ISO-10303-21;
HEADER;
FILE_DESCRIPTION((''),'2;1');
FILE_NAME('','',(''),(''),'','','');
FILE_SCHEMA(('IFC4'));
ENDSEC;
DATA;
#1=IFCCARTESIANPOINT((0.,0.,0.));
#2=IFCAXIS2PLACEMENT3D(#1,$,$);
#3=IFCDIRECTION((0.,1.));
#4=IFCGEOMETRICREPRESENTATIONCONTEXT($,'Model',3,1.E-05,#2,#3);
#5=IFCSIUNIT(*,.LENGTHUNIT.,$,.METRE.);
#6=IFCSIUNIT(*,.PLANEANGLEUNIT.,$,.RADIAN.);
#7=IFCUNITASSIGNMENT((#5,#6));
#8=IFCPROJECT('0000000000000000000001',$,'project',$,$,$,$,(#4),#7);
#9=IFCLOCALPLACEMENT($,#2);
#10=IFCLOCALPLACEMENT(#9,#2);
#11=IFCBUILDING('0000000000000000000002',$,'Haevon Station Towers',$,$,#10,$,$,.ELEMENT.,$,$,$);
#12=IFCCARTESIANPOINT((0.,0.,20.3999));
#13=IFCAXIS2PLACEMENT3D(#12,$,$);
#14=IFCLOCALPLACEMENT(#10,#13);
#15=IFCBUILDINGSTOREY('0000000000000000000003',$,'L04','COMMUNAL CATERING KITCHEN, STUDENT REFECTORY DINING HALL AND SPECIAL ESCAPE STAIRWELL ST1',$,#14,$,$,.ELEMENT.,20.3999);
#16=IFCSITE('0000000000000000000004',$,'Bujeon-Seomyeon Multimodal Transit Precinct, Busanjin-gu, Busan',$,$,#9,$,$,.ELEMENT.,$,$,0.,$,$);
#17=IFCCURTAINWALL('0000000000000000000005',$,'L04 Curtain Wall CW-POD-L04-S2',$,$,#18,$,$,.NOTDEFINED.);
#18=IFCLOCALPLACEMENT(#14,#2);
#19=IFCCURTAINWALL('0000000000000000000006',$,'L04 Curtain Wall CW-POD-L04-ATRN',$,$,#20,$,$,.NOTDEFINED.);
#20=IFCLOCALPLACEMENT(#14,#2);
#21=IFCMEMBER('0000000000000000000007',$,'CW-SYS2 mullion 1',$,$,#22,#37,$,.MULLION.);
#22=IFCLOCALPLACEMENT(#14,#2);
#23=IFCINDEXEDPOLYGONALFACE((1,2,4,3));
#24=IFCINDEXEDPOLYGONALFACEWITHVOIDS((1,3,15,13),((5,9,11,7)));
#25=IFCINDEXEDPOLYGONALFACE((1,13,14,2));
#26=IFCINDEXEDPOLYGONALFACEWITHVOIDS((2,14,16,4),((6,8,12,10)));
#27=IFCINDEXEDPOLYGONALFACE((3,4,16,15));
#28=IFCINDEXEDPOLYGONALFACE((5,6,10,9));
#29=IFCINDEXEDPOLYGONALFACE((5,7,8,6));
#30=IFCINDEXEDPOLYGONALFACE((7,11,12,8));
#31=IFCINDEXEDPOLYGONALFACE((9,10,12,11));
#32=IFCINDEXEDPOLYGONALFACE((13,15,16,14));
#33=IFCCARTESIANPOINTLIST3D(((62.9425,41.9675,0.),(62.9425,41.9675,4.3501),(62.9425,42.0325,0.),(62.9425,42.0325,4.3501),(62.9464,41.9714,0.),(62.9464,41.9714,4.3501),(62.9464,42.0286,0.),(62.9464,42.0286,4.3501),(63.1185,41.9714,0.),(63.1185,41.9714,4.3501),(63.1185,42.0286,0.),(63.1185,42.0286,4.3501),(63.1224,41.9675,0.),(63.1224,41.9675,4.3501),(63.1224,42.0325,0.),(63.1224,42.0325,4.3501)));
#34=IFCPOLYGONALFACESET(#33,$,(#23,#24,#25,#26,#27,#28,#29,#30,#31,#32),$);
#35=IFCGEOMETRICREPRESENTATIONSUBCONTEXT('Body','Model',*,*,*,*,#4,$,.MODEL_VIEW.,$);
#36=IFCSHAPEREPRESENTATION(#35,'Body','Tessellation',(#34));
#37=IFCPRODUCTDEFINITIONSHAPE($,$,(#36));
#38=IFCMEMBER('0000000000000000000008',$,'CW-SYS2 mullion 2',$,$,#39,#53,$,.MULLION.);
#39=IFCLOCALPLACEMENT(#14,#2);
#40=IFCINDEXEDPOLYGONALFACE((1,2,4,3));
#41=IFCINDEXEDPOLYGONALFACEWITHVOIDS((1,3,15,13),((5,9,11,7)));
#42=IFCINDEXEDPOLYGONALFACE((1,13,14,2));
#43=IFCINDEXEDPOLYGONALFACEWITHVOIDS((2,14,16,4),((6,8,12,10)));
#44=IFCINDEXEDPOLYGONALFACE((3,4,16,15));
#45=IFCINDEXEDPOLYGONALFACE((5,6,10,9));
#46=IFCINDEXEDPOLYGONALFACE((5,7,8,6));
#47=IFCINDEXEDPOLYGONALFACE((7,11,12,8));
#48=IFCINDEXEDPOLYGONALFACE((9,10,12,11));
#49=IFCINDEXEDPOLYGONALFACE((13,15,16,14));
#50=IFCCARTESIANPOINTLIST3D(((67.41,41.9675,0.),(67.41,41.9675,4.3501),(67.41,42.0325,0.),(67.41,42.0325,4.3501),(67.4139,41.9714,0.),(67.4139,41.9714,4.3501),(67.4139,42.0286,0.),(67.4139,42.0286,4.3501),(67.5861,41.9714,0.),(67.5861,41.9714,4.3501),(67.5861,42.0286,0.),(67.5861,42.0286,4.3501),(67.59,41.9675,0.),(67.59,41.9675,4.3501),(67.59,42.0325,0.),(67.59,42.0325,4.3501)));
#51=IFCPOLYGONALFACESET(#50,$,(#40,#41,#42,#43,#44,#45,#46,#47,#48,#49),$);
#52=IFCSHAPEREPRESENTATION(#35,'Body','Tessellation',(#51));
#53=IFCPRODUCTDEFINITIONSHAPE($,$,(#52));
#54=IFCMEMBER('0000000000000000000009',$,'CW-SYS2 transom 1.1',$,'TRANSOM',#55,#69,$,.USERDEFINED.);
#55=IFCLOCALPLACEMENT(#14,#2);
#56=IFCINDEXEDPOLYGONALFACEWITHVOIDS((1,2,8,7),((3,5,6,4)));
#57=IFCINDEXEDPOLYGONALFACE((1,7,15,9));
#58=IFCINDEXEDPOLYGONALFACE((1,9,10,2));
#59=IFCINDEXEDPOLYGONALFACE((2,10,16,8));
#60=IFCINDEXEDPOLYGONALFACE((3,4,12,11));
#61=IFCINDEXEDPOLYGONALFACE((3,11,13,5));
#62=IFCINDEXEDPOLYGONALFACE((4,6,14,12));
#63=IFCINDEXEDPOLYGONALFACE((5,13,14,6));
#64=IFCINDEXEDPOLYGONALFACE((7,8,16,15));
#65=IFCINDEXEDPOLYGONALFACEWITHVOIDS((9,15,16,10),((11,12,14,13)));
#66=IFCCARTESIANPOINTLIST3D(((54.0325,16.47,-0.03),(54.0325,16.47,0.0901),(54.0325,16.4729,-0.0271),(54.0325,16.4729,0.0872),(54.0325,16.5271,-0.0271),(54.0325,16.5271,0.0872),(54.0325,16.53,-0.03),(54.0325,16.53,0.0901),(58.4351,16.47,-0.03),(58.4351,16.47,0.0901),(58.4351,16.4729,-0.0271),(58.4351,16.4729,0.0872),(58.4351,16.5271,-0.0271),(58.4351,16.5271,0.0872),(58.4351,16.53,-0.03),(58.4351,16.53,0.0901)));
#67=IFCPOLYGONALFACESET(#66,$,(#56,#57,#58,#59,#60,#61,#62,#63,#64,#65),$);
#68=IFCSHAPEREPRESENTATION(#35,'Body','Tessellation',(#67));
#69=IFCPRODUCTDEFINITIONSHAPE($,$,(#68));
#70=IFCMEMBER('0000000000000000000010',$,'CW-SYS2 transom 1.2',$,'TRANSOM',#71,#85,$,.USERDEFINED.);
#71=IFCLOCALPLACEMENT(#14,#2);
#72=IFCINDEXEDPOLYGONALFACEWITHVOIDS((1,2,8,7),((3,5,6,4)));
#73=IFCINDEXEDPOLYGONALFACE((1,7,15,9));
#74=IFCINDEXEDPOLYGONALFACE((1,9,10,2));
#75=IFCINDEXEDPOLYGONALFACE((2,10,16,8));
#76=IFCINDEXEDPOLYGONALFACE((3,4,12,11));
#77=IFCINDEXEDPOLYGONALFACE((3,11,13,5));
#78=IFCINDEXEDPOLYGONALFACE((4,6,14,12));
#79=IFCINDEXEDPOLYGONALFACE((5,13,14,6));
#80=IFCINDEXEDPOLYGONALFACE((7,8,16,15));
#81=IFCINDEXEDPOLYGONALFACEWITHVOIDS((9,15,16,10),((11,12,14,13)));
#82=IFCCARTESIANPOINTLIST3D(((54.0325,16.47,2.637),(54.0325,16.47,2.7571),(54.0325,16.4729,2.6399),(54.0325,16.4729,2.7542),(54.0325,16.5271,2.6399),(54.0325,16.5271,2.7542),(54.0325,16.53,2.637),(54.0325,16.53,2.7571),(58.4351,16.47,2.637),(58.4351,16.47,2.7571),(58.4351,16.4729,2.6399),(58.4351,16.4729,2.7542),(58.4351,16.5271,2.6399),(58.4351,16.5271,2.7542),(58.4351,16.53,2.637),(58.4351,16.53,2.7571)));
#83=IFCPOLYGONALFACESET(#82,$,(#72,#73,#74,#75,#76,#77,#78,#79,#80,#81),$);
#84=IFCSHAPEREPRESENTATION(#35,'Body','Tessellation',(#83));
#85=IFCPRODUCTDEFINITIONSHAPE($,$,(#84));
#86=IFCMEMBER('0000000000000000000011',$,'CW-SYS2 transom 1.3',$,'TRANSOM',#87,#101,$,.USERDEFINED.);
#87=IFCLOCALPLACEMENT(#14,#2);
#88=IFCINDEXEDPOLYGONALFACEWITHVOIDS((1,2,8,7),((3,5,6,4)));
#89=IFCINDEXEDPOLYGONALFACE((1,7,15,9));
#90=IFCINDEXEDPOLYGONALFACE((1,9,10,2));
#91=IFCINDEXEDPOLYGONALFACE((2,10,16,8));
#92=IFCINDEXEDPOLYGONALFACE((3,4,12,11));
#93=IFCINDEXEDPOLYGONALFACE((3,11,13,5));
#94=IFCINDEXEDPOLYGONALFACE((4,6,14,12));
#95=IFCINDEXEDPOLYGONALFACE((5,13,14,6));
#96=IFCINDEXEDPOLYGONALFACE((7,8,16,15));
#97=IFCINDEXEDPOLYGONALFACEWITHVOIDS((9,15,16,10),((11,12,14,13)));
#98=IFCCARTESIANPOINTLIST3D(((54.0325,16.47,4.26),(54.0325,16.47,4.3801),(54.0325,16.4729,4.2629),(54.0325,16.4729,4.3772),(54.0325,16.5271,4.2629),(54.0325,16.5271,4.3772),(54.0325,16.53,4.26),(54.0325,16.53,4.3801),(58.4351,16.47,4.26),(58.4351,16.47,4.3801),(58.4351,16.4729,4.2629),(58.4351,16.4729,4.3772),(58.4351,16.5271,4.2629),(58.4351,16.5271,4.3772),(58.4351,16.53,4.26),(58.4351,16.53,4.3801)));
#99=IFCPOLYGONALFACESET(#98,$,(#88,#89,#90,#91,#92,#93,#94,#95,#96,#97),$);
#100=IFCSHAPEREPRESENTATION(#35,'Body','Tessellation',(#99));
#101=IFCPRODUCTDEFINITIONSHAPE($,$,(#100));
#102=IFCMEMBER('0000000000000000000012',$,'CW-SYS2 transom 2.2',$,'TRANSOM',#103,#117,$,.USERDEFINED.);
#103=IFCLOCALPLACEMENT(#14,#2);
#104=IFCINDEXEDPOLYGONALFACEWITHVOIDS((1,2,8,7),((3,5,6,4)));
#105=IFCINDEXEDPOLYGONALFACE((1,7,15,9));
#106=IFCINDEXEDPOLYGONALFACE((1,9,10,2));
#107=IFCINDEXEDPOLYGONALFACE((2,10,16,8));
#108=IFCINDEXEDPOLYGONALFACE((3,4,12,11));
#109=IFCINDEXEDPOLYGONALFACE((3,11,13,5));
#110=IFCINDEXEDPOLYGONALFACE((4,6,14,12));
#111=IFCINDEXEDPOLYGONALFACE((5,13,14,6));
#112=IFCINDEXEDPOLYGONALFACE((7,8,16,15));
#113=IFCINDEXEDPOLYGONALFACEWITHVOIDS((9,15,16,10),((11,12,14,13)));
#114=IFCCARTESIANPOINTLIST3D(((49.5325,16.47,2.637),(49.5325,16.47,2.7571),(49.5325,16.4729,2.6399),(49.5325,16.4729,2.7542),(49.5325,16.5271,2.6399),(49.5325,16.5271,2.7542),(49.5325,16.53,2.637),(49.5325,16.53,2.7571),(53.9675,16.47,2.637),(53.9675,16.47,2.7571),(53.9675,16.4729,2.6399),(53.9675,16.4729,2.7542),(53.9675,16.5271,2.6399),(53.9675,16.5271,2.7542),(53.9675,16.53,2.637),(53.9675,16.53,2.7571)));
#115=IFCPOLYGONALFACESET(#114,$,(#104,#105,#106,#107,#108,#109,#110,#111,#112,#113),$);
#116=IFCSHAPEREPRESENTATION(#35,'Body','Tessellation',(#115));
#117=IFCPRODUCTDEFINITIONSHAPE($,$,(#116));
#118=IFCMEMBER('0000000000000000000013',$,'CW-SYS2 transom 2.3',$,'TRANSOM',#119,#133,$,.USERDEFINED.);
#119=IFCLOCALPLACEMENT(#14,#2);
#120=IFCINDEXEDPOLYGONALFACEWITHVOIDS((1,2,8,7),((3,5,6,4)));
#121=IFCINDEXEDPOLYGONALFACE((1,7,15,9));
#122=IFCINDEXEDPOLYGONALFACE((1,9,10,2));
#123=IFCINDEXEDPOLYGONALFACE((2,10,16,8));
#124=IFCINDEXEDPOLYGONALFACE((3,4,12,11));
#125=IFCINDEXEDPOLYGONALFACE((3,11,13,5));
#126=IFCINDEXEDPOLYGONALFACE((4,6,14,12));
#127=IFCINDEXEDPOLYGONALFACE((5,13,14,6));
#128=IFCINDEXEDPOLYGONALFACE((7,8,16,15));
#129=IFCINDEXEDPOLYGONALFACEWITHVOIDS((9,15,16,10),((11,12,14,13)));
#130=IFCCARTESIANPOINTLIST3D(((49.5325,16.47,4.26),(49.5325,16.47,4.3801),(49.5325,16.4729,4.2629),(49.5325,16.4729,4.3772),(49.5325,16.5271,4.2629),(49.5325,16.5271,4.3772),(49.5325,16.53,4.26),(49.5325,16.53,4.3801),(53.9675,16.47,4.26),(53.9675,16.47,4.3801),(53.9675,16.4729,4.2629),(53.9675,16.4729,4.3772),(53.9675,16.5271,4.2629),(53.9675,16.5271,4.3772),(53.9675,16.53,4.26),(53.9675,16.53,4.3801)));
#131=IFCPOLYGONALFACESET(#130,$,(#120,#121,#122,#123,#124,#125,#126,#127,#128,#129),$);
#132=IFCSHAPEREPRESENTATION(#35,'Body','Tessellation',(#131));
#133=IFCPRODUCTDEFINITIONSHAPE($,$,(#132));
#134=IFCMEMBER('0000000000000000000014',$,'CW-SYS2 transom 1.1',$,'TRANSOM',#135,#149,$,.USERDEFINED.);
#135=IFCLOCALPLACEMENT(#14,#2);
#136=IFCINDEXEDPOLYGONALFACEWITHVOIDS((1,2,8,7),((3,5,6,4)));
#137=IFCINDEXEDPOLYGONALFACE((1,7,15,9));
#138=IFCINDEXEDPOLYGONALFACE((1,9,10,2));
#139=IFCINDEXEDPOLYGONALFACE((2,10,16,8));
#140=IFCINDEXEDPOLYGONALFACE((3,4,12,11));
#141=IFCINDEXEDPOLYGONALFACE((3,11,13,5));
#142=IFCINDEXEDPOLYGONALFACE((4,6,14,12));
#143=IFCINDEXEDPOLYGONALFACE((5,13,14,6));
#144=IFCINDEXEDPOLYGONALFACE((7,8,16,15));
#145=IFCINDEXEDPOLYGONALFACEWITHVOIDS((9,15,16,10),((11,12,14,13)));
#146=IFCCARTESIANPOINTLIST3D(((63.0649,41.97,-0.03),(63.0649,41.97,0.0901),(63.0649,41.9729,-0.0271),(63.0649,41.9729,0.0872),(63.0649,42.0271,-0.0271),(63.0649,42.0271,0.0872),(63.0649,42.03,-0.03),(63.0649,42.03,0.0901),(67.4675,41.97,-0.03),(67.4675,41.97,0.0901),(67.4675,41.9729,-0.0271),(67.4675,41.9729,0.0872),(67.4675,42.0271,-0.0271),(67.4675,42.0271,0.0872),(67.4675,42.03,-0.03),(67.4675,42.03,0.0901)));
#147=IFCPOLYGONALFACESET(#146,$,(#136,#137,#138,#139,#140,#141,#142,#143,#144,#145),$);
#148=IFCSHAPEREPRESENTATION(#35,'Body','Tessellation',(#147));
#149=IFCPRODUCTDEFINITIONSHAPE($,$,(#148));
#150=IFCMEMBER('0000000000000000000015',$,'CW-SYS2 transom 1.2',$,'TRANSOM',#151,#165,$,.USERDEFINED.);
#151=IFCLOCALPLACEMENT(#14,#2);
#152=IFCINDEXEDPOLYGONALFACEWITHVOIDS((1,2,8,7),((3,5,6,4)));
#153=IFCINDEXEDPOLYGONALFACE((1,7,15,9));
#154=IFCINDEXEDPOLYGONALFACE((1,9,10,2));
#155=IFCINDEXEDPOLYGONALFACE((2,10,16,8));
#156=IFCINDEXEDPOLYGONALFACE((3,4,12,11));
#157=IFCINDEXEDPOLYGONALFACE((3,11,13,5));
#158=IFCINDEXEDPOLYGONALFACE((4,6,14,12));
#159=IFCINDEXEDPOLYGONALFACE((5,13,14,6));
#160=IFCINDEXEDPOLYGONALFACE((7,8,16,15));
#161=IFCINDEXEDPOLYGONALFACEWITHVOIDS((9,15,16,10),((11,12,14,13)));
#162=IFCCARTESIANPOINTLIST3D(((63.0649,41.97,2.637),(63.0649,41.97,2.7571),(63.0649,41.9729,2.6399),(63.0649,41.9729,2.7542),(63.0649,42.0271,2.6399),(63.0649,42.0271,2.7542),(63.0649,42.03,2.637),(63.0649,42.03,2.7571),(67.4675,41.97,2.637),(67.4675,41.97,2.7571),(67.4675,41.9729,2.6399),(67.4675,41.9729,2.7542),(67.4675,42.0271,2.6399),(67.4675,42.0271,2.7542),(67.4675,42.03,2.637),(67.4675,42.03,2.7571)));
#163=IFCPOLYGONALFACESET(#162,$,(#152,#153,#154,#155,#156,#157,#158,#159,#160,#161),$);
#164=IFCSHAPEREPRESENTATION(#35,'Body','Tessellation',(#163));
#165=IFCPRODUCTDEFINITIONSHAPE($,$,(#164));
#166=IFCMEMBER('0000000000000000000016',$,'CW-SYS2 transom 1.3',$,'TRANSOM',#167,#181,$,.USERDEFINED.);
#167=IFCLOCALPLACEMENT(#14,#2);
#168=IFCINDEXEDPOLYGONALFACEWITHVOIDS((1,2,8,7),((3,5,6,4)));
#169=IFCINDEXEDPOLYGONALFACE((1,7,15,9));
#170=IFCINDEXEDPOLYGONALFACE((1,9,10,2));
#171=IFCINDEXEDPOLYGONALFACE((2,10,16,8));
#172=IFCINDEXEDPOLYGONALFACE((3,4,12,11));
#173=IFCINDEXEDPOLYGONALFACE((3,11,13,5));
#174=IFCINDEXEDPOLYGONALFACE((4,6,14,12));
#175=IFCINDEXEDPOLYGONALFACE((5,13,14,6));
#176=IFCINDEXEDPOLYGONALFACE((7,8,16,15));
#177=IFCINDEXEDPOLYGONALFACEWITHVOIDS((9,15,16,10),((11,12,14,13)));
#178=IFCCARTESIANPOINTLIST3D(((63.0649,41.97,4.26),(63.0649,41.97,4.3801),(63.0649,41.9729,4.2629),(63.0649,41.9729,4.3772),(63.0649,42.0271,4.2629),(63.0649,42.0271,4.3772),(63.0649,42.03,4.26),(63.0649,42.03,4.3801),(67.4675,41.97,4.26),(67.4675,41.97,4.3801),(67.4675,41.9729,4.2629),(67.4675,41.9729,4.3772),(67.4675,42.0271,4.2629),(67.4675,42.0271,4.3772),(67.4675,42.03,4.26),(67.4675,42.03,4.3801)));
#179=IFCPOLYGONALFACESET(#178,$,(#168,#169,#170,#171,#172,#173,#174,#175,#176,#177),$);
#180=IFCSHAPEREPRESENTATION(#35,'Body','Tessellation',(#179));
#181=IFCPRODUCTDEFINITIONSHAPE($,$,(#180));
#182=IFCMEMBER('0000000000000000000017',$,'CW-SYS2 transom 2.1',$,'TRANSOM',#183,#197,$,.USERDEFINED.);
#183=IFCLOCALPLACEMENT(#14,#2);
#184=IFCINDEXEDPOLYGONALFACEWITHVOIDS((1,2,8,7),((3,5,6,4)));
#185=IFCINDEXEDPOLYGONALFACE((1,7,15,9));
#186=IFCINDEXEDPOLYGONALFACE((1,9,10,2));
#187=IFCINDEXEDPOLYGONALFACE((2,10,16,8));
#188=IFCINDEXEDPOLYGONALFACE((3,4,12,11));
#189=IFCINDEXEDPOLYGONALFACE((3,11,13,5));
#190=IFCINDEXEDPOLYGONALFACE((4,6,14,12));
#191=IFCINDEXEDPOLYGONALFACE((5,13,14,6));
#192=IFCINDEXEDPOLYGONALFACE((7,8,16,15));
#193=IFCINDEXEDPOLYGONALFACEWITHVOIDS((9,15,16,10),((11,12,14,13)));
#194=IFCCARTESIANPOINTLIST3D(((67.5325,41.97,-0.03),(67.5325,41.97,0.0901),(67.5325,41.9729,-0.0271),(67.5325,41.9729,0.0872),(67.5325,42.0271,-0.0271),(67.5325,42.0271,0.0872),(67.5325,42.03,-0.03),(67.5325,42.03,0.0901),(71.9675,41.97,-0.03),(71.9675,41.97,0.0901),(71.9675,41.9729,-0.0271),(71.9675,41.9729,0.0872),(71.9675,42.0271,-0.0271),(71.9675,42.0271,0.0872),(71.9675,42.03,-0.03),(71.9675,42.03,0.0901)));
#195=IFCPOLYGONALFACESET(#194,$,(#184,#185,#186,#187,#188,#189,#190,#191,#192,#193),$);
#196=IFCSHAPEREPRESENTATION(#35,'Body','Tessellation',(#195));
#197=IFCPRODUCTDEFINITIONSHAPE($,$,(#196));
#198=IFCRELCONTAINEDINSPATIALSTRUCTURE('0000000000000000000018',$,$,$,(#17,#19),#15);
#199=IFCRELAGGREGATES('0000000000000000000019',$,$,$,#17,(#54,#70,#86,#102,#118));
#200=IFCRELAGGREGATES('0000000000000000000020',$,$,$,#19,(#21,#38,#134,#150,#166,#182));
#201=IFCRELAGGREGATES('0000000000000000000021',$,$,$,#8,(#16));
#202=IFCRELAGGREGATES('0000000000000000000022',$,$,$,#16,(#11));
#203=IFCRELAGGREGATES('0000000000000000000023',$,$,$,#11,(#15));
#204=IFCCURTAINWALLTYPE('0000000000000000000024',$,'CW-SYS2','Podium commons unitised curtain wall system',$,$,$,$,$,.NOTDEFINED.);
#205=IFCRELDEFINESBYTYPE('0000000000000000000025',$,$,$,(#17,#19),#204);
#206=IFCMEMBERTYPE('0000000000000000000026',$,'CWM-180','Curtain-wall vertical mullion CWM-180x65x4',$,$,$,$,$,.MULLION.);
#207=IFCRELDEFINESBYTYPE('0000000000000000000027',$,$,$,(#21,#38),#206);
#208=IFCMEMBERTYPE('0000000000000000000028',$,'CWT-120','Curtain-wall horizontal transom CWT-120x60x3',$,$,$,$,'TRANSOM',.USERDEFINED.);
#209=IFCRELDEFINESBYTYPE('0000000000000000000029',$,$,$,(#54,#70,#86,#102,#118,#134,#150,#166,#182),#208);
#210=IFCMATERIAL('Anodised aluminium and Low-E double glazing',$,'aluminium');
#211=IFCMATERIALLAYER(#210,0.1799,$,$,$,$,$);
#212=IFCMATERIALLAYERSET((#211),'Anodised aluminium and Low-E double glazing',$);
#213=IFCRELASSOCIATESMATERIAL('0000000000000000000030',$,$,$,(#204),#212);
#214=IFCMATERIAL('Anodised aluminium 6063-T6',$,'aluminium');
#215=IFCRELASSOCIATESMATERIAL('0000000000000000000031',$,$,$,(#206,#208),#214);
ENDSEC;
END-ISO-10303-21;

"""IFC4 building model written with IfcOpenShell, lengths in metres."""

from ifc_helpers import new_model, si_unit, direction, frame, origin, origin_2d, place, context, subcontext, project, spatial, hollow_rectangle, extrude, material, layer, layer_set, material_profile, profile_set, type_object, element, aggregate, save


model = new_model("IFC4")

# Units and contexts
model_context = context("Model", 3, precision=1e-05, world=origin(), true_north=direction((0.0, 1.0)))
body_context = subcontext(model_context, "Body", "Model", "MODEL_VIEW")
ifc_project = project(units=[si_unit("LENGTHUNIT", "METRE"), si_unit("PLANEANGLEUNIT", "RADIAN")], contexts=[model_context])

# Site, building, storey
site_placement = place(None, origin())
site = spatial("IfcSite", under=ifc_project, at=site_placement, Name="Bujeon-Seomyeon Multimodal Transit Precinct, Busanjin-gu, Busan", CompositionType="ELEMENT", RefElevation=0.0)
building_placement = place(site_placement, origin())
building = spatial("IfcBuilding", under=site, at=building_placement, Name="Haevon Station Towers", CompositionType="ELEMENT")
storey_placement = place(building_placement, frame((0.0, 0.0, 20.3999)))
storey = spatial("IfcBuildingStorey", under=building, at=storey_placement, Name="L04", Description="COMMUNAL CATERING KITCHEN, STUDENT REFECTORY DINING HALL AND SPECIAL ESCAPE STAIRWELL ST1", CompositionType="ELEMENT", Elevation=20.3999)

# Curtain walls, members
ifc_material_1 = material(Name="Anodised aluminium and Low-E double glazing", Category="aluminium")
ifc_layer_1 = layer(ifc_material_1, 0.1799)
ifc_layer_set_1 = layer_set([ifc_layer_1], Name="Anodised aluminium and Low-E double glazing")
curtain_wall_type = type_object("IfcCurtainWallType", Name="CW-SYS2", Description="Podium commons unitised curtain wall system", PredefinedType="NOTDEFINED", material=ifc_layer_set_1)
curtain_wall_1_placement = place(storey_placement, origin())
curtain_wall_1 = element("IfcCurtainWall", 1, at=curtain_wall_1_placement, inside=storey, type_object=curtain_wall_type, Name="L04 Curtain Wall CW-POD-L04-S2", PredefinedType="NOTDEFINED")
ifc_material_2 = material(Name="Anodised aluminium 6063-T6", Category="aluminium")
ifc_material_profile_1 = material_profile(ifc_material_2, hollow_rectangle(XDim=0.0649, YDim=0.1799, WallThickness=0.0039, at=origin_2d()), Name="CWM-180x65x4")
ifc_profile_set_1 = profile_set([ifc_material_profile_1], Name="Anodised aluminium 6063-T6")
member_type_1 = type_object("IfcMemberType", Name="CWM-180", Description="Curtain-wall vertical mullion CWM-180x65x4", PredefinedType="MULLION", material=ifc_profile_set_1)
curtain_wall_2_placement = place(storey_placement, origin())
curtain_wall_2 = element("IfcCurtainWall", 2, at=curtain_wall_2_placement, inside=storey, type_object=curtain_wall_type, Name="L04 Curtain Wall CW-POD-L04-ATRN", PredefinedType="NOTDEFINED")
member_1_placement = place(storey_placement, frame((63.0325, 42.0, 0.0), z_axis=(0.0, 0.0, 1.0), x_axis=(0.0, 1.0, 0.0)))
member_1 = element("IfcMember", 3, at=member_1_placement, type_object=member_type_1, Name="CW-SYS2 mullion 1", PredefinedType="MULLION", context=body_context, shape_type="SweptSolid", body=[
    extrude(hollow_rectangle(XDim=0.0649, YDim=0.1799, WallThickness=0.0039, at=origin_2d()), origin(), (0.0, 0.0, 1.0), 4.3501),
])
member_2_placement = place(storey_placement, frame((67.5, 42.0, 0.0), z_axis=(0.0, 0.0, 1.0), x_axis=(0.0, 1.0, 0.0)))
member_2 = element("IfcMember", 4, at=member_2_placement, type_object=member_type_1, Name="CW-SYS2 mullion 2", PredefinedType="MULLION", context=body_context, shape_type="SweptSolid", body=[
    extrude(hollow_rectangle(XDim=0.0649, YDim=0.1799, WallThickness=0.0039, at=origin_2d()), origin(), (0.0, 0.0, 1.0), 4.3501),
])

# Members
ifc_material_profile_2 = material_profile(ifc_material_2, hollow_rectangle(XDim=0.0601, YDim=0.1201, WallThickness=0.0029, at=origin_2d()), Name="CWT-120x60x3")
ifc_profile_set_2 = profile_set([ifc_material_profile_2], Name="Anodised aluminium 6063-T6")
member_type_2 = type_object("IfcMemberType", Name="CWT-120", Description="Curtain-wall horizontal transom CWT-120x60x3", ElementType="TRANSOM", PredefinedType="USERDEFINED", material=ifc_profile_set_2)
member_3_placement = place(storey_placement, frame((58.4351, 16.5, 0.03), z_axis=(-1.0, 0.0, 0.0), x_axis=(0.0, -1.0, 0.0)))
member_3 = element("IfcMember", 5, at=member_3_placement, type_object=member_type_2, Name="CW-SYS2 transom 1.1", ObjectType="TRANSOM", PredefinedType="USERDEFINED", context=body_context, shape_type="SweptSolid", body=[
    extrude(hollow_rectangle(XDim=0.0601, YDim=0.1201, WallThickness=0.0029, at=origin_2d()), origin(), (0.0, 0.0, 1.0), 4.4026),
])
member_4_placement = place(storey_placement, frame((58.4351, 16.5, 2.697), z_axis=(-1.0, 0.0, 0.0), x_axis=(0.0, -1.0, 0.0)))
member_4 = element("IfcMember", 6, at=member_4_placement, type_object=member_type_2, Name="CW-SYS2 transom 1.2", ObjectType="TRANSOM", PredefinedType="USERDEFINED", context=body_context, shape_type="SweptSolid", body=[
    extrude(hollow_rectangle(XDim=0.0601, YDim=0.1201, WallThickness=0.0029, at=origin_2d()), origin(), (0.0, 0.0, 1.0), 4.4026),
])
member_5_placement = place(storey_placement, frame((58.4351, 16.5, 4.3201), z_axis=(-1.0, 0.0, 0.0), x_axis=(0.0, -1.0, 0.0)))
member_5 = element("IfcMember", 7, at=member_5_placement, type_object=member_type_2, Name="CW-SYS2 transom 1.3", ObjectType="TRANSOM", PredefinedType="USERDEFINED", context=body_context, shape_type="SweptSolid", body=[
    extrude(hollow_rectangle(XDim=0.0601, YDim=0.1201, WallThickness=0.0029, at=origin_2d()), origin(), (0.0, 0.0, 1.0), 4.4026),
])
member_6_placement = place(storey_placement, frame((53.9675, 16.5, 2.697), z_axis=(-1.0, 0.0, 0.0), x_axis=(0.0, -1.0, 0.0)))
member_6 = element("IfcMember", 8, at=member_6_placement, type_object=member_type_2, Name="CW-SYS2 transom 2.2", ObjectType="TRANSOM", PredefinedType="USERDEFINED", context=body_context, shape_type="SweptSolid", body=[
    extrude(hollow_rectangle(XDim=0.0601, YDim=0.1201, WallThickness=0.0029, at=origin_2d()), origin(), (0.0, 0.0, 1.0), 4.4351),
])
member_7_placement = place(storey_placement, frame((53.9675, 16.5, 4.3201), z_axis=(-1.0, 0.0, 0.0), x_axis=(0.0, -1.0, 0.0)))
member_7 = element("IfcMember", 9, at=member_7_placement, type_object=member_type_2, Name="CW-SYS2 transom 2.3", ObjectType="TRANSOM", PredefinedType="USERDEFINED", context=body_context, shape_type="SweptSolid", body=[
    extrude(hollow_rectangle(XDim=0.0601, YDim=0.1201, WallThickness=0.0029, at=origin_2d()), origin(), (0.0, 0.0, 1.0), 4.4351),
])
member_8_placement = place(storey_placement, frame((63.0649, 42.0, 0.03), z_axis=(1.0, 0.0, 0.0), x_axis=(0.0, 1.0, 0.0)))
member_8 = element("IfcMember", 10, at=member_8_placement, type_object=member_type_2, Name="CW-SYS2 transom 1.1", ObjectType="TRANSOM", PredefinedType="USERDEFINED", context=body_context, shape_type="SweptSolid", body=[
    extrude(hollow_rectangle(XDim=0.0601, YDim=0.1201, WallThickness=0.0029, at=origin_2d()), origin(), (0.0, 0.0, 1.0), 4.4026),
])
member_9_placement = place(storey_placement, frame((63.0649, 42.0, 2.697), z_axis=(1.0, 0.0, 0.0), x_axis=(0.0, 1.0, 0.0)))
member_9 = element("IfcMember", 11, at=member_9_placement, type_object=member_type_2, Name="CW-SYS2 transom 1.2", ObjectType="TRANSOM", PredefinedType="USERDEFINED", context=body_context, shape_type="SweptSolid", body=[
    extrude(hollow_rectangle(XDim=0.0601, YDim=0.1201, WallThickness=0.0029, at=origin_2d()), origin(), (0.0, 0.0, 1.0), 4.4026),
])
member_10_placement = place(storey_placement, frame((63.0649, 42.0, 4.3201), z_axis=(1.0, 0.0, 0.0), x_axis=(0.0, 1.0, 0.0)))
member_10 = element("IfcMember", 12, at=member_10_placement, type_object=member_type_2, Name="CW-SYS2 transom 1.3", ObjectType="TRANSOM", PredefinedType="USERDEFINED", context=body_context, shape_type="SweptSolid", body=[
    extrude(hollow_rectangle(XDim=0.0601, YDim=0.1201, WallThickness=0.0029, at=origin_2d()), origin(), (0.0, 0.0, 1.0), 4.4026),
])
member_11_placement = place(storey_placement, frame((67.5325, 42.0, 0.03), z_axis=(1.0, 0.0, 0.0), x_axis=(0.0, 1.0, 0.0)))
member_11 = element("IfcMember", 13, at=member_11_placement, type_object=member_type_2, Name="CW-SYS2 transom 2.1", ObjectType="TRANSOM", PredefinedType="USERDEFINED", context=body_context, shape_type="SweptSolid", body=[
    extrude(hollow_rectangle(XDim=0.0601, YDim=0.1201, WallThickness=0.0029, at=origin_2d()), origin(), (0.0, 0.0, 1.0), 4.4351),
])

aggregate(curtain_wall_1, [member_3, member_4, member_5, member_6, member_7])
aggregate(curtain_wall_2, [member_1, member_2, member_8, member_9, member_10, member_11])

save(model, "model.ifc")
